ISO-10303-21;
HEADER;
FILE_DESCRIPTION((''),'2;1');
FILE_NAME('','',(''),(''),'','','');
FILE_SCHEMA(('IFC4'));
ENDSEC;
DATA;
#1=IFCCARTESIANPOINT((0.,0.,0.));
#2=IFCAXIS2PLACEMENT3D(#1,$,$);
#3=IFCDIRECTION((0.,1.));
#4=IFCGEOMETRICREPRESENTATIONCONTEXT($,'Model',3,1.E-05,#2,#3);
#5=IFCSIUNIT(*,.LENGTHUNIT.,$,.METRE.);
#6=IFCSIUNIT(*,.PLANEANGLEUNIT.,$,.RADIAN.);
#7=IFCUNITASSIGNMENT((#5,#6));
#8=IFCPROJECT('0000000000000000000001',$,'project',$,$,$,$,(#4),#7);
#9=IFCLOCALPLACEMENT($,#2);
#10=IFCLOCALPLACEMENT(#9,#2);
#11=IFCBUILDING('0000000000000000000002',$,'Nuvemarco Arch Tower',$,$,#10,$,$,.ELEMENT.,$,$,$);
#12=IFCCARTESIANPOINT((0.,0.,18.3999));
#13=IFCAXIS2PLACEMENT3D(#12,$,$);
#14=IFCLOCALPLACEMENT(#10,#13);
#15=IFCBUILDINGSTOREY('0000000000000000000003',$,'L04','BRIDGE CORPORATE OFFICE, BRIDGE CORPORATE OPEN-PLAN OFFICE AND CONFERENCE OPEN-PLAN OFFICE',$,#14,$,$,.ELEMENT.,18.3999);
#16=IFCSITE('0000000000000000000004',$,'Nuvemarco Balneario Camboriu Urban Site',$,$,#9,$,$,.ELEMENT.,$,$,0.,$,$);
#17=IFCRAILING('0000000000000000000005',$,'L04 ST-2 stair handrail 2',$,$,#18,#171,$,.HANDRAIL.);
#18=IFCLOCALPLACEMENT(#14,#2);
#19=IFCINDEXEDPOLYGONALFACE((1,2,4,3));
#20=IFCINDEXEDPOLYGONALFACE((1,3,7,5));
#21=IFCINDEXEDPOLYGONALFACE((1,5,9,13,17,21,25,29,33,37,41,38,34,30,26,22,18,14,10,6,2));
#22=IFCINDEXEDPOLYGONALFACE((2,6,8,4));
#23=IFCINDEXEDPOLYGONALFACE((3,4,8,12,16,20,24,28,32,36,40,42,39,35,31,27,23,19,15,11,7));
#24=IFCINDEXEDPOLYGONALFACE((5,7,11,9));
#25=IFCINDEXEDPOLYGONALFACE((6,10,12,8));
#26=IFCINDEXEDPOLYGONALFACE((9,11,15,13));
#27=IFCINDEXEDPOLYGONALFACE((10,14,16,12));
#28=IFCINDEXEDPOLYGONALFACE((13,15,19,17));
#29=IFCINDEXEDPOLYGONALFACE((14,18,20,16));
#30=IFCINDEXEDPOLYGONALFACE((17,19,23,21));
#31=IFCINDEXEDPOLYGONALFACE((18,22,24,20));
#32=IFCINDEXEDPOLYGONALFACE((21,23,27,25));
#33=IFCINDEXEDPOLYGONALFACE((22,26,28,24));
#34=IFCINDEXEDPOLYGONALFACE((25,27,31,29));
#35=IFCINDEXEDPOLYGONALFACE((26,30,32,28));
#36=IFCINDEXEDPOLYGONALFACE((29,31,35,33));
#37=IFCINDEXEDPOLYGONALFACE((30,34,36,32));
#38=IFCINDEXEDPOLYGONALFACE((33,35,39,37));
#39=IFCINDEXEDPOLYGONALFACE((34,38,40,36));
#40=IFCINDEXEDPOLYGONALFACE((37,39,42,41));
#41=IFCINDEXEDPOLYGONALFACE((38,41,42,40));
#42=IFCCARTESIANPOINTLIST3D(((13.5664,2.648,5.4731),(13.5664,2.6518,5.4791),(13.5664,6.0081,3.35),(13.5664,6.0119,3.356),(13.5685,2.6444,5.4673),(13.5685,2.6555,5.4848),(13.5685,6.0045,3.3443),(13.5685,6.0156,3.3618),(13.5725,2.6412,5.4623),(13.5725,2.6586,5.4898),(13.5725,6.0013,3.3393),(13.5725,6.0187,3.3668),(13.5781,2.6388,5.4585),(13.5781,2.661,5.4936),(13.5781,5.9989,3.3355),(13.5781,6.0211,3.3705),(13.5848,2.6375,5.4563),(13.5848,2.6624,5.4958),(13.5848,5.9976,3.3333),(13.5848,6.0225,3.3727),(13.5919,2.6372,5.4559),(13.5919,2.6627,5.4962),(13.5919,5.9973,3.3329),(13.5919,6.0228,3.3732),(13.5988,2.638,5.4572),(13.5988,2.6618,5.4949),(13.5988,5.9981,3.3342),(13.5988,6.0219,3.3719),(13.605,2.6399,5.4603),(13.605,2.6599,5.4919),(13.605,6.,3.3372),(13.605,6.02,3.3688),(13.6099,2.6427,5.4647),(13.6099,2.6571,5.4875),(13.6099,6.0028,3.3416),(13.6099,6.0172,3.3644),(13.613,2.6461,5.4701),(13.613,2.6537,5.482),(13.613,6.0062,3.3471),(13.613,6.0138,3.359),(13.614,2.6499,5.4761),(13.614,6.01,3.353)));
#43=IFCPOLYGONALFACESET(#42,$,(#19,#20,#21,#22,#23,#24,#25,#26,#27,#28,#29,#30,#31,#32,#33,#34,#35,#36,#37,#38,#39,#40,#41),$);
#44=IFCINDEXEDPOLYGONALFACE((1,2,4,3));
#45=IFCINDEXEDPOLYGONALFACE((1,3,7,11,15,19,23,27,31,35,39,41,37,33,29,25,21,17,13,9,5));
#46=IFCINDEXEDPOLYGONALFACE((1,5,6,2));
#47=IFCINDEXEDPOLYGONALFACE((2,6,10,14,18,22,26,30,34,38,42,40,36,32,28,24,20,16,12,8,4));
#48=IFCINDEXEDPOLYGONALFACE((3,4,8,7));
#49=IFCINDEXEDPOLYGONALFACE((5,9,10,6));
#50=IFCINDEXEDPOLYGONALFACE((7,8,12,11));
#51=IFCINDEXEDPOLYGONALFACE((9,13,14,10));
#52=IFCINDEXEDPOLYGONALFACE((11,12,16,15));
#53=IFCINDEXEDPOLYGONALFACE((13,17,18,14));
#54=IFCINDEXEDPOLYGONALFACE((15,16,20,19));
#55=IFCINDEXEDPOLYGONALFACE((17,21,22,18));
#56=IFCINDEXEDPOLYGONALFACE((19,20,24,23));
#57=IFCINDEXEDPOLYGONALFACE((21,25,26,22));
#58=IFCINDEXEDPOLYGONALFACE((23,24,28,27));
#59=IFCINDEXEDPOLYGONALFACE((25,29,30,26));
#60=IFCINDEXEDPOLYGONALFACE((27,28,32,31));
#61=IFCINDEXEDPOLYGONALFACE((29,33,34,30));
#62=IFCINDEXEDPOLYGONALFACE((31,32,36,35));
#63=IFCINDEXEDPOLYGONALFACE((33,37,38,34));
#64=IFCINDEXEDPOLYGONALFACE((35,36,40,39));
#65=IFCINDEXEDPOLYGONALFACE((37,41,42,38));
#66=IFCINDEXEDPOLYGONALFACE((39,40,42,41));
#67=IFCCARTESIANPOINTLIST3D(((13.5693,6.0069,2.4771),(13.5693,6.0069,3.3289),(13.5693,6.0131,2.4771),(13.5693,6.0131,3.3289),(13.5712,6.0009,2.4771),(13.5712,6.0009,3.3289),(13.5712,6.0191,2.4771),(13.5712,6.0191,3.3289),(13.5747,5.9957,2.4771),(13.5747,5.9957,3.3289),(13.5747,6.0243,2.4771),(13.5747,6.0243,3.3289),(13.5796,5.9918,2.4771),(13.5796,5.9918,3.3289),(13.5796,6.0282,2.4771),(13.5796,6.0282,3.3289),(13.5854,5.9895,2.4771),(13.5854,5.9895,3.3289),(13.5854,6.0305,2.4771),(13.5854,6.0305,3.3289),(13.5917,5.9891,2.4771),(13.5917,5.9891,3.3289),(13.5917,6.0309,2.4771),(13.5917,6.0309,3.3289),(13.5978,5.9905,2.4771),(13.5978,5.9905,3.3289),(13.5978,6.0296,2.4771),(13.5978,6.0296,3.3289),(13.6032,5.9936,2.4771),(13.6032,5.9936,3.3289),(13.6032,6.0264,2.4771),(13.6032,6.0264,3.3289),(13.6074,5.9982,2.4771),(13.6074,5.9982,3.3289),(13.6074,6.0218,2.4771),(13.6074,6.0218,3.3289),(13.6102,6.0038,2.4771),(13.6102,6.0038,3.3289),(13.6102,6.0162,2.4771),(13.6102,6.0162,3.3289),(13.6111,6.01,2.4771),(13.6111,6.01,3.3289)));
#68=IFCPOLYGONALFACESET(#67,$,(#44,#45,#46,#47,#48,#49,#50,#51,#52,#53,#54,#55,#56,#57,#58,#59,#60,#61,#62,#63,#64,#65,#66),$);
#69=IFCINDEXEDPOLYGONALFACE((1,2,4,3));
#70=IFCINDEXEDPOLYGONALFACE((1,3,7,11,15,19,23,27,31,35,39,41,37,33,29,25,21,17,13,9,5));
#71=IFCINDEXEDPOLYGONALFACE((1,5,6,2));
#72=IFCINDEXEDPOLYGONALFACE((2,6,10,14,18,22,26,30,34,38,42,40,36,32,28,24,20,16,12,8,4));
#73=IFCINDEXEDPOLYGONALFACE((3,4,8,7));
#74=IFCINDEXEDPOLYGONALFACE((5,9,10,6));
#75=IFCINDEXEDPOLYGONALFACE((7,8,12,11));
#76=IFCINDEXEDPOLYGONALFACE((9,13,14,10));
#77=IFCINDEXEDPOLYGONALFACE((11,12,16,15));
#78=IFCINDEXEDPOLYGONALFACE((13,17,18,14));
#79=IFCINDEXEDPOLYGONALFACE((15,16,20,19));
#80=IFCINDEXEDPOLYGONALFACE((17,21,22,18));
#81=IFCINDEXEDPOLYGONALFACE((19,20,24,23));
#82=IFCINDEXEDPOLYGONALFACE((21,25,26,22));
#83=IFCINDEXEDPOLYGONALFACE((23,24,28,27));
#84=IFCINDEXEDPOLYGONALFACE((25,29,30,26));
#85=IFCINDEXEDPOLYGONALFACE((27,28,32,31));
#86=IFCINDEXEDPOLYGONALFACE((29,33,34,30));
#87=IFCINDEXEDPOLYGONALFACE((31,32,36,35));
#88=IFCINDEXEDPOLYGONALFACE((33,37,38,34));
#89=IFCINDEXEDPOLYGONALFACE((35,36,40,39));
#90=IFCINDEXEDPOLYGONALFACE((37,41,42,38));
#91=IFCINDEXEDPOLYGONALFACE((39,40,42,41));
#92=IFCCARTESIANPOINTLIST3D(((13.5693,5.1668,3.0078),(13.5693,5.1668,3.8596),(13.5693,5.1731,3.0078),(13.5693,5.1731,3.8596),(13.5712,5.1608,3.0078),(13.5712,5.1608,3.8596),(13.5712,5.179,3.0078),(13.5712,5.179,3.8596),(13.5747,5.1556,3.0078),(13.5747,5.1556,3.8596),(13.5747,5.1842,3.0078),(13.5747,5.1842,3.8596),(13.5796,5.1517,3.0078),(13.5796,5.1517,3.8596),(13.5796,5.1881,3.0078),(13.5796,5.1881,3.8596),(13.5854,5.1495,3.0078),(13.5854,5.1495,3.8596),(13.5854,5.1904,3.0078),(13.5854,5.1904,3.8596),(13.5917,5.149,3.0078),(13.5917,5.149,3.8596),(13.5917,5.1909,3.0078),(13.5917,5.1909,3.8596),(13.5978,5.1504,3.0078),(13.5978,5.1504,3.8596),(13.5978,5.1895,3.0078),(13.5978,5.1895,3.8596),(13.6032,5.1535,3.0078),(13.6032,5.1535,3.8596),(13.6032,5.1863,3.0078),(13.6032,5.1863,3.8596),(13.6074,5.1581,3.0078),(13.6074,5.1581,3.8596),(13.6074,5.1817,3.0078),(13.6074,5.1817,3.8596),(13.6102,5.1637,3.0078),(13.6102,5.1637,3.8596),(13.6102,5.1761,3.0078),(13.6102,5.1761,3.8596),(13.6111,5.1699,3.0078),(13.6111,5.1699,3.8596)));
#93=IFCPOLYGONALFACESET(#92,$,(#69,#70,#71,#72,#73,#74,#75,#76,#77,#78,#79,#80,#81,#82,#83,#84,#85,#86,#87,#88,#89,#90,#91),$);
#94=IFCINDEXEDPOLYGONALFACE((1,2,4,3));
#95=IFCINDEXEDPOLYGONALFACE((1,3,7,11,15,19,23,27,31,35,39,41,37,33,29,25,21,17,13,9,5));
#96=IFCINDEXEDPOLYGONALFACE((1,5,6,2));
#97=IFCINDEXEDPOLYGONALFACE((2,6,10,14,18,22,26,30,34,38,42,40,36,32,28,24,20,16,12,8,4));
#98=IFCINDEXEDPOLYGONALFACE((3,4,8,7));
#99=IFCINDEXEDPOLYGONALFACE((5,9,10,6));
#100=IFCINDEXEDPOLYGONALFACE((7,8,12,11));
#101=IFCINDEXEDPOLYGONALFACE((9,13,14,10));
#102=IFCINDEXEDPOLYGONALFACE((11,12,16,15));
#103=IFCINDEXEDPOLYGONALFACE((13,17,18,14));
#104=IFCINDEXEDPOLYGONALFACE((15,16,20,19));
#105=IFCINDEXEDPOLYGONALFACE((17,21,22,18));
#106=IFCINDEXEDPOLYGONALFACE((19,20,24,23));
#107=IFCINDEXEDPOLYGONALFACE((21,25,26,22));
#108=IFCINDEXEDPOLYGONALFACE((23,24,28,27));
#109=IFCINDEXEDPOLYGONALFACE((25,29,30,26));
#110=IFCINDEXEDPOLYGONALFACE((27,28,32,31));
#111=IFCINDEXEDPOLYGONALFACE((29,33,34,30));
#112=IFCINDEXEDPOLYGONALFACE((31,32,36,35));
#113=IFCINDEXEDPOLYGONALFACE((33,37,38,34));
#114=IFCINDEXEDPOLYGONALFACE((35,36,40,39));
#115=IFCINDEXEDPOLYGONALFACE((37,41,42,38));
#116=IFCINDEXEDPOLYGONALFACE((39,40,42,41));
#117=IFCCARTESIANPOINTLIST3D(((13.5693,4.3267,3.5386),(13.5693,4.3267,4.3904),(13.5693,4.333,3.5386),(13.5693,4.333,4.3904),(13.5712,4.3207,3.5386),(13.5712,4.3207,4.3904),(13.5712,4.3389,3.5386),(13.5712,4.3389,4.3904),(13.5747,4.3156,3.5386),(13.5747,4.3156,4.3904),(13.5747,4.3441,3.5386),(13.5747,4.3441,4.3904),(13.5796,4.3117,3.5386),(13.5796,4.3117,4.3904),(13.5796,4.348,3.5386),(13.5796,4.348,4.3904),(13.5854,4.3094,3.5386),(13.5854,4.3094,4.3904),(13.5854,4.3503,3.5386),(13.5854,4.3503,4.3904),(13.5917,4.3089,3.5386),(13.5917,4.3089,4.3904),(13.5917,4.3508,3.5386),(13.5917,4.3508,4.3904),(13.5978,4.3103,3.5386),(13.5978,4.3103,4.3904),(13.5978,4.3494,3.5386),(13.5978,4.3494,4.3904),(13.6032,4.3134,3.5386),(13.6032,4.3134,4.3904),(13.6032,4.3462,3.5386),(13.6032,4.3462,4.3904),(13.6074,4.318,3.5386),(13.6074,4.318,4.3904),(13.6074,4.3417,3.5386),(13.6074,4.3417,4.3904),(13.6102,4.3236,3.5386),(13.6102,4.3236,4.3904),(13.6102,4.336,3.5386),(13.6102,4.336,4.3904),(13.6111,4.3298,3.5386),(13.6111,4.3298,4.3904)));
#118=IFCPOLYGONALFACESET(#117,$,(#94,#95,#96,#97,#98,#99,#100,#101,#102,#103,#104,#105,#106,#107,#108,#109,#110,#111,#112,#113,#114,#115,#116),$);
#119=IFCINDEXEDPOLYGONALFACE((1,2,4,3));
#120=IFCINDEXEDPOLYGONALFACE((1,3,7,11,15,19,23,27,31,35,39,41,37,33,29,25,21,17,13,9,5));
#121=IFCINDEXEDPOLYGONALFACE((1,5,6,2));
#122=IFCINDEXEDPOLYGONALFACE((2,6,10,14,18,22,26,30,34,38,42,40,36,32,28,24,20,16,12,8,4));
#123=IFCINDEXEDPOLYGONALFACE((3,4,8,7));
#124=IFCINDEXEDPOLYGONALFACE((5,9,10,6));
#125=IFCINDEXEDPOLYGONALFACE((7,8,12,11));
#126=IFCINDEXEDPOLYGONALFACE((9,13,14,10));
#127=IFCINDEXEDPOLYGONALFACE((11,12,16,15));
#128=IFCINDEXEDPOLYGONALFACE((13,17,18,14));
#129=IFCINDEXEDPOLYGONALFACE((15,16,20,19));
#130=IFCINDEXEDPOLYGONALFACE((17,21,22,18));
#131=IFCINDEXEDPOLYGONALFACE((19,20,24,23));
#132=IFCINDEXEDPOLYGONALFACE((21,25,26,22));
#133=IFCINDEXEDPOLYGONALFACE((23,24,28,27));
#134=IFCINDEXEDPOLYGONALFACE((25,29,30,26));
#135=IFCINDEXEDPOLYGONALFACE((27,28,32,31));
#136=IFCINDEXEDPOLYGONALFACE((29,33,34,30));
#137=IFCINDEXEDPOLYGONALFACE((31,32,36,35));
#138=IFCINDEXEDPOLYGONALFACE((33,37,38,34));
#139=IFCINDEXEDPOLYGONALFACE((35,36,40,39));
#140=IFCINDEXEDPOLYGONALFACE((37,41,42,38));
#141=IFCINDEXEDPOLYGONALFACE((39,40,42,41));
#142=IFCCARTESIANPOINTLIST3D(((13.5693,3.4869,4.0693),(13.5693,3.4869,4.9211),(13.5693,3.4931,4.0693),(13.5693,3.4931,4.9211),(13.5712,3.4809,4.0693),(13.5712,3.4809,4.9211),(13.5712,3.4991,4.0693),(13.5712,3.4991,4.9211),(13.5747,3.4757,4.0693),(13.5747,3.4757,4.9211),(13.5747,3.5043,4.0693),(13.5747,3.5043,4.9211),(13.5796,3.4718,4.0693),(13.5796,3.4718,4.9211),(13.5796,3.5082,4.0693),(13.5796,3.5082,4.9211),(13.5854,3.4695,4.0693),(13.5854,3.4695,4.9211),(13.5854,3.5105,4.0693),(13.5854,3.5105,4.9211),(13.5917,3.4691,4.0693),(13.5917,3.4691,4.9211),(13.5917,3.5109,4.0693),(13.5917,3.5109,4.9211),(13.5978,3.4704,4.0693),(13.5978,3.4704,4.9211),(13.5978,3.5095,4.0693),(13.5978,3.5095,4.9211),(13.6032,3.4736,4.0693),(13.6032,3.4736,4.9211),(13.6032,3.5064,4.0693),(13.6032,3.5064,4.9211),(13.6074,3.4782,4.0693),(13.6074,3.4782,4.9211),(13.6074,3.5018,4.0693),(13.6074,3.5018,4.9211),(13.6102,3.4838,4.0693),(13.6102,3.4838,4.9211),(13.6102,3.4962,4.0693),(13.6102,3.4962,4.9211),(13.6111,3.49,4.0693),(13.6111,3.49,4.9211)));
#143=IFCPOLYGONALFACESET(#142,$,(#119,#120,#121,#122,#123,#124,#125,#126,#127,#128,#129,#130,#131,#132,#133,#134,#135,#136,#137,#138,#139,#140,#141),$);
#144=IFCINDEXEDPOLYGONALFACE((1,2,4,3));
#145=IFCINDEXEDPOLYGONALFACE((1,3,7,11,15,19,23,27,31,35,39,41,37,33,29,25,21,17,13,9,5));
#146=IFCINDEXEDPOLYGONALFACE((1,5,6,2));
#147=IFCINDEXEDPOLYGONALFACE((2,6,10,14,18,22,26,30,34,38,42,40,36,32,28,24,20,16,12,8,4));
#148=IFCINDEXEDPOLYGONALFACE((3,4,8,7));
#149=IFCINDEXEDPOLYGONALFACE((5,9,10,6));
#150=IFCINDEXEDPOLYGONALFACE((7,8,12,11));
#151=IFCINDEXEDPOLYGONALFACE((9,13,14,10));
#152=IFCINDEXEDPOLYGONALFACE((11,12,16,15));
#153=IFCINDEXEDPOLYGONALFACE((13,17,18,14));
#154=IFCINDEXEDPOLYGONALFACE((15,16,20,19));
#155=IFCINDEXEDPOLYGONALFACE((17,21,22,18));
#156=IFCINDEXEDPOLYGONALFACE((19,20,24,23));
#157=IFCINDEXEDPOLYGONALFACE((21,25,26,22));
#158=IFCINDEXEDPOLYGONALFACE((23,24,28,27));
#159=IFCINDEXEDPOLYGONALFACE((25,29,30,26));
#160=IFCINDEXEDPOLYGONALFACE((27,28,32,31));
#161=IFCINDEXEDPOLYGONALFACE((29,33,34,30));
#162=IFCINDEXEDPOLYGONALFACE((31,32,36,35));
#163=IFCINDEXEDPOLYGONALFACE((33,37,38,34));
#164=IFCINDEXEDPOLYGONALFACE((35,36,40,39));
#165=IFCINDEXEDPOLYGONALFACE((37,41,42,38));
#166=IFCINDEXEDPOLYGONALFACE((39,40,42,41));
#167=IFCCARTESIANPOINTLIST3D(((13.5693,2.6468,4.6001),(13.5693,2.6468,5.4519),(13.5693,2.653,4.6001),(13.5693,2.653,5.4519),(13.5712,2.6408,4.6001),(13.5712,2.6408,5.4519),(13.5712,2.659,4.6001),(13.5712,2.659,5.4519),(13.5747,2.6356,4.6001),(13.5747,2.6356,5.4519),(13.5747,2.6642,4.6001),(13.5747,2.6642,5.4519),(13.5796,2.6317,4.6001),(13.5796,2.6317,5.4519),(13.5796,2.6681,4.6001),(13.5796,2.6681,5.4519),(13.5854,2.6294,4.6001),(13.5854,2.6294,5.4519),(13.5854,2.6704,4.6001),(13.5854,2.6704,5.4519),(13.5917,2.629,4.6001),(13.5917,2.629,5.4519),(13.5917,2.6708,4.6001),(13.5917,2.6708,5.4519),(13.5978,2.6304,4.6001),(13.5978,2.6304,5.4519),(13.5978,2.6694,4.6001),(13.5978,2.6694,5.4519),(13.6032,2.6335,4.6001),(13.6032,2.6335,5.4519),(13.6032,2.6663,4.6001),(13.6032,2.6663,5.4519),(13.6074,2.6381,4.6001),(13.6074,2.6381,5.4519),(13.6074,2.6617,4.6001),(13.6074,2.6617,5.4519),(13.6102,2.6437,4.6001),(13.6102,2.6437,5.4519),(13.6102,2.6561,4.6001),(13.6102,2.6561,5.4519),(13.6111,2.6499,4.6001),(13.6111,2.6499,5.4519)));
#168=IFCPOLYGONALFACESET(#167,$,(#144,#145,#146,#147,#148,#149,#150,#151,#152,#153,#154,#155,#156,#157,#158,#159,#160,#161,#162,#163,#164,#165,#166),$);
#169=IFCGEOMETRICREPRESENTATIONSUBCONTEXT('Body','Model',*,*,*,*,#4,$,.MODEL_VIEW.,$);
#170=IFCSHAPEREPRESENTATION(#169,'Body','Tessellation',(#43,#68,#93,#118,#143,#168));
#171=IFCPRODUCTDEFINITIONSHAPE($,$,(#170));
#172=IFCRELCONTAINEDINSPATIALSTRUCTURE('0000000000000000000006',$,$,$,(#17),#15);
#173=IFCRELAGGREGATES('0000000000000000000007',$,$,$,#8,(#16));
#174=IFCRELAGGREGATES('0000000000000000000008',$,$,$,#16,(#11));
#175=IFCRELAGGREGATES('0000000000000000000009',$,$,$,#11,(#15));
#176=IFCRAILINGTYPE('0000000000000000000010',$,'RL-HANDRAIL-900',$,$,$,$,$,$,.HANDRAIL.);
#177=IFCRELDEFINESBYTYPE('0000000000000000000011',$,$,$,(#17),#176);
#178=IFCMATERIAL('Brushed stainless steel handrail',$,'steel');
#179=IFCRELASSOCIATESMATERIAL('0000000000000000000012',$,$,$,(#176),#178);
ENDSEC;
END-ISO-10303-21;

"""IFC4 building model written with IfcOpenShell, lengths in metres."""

from ifc_helpers import new_model, si_unit, direction, frame, origin, origin_2d, place, context, subcontext, project, spatial, circle, extrude, material, type_object, element, save


model = new_model("IFC4")

# Units and contexts
model_context = context("Model", 3, precision=1e-05, world=origin(), true_north=direction((0.0, 1.0)))
body_context = subcontext(model_context, "Body", "Model", "MODEL_VIEW")
ifc_project = project(units=[si_unit("LENGTHUNIT", "METRE"), si_unit("PLANEANGLEUNIT", "RADIAN")], contexts=[model_context])

# Site, building, storey
site_placement = place(None, origin())
site = spatial("IfcSite", under=ifc_project, at=site_placement, Name="Nuvemarco Balneario Camboriu Urban Site", CompositionType="ELEMENT", RefElevation=0.0)
building_placement = place(site_placement, origin())
building = spatial("IfcBuilding", under=site, at=building_placement, Name="Nuvemarco Arch Tower", CompositionType="ELEMENT")
storey_placement = place(building_placement, frame((0.0, 0.0, 18.3999)))
storey = spatial("IfcBuildingStorey", under=building, at=storey_placement, Name="L04", Description="BRIDGE CORPORATE OFFICE, BRIDGE CORPORATE OPEN-PLAN OFFICE AND CONFERENCE OPEN-PLAN OFFICE", CompositionType="ELEMENT", Elevation=18.3999)

# Railing
ifc_material_1 = material(Name="Brushed stainless steel handrail", Category="steel")
railing_type_1 = type_object("IfcRailingType", Name="RL-HANDRAIL-900", PredefinedType="HANDRAIL", material=ifc_material_1)
railing_1_placement = place(storey_placement, frame((13.5901, 6.01, 2.4771)))
element("IfcRailing", 1, at=railing_1_placement, inside=storey, type_object=railing_type_1, Name="L04 ST-2 stair handrail 2", PredefinedType="HANDRAIL", context=body_context, shape_type="SweptSolid", body=[
    extrude(circle(Radius=0.0239, at=origin_2d()), frame((0.0, 0.0, 0.876), z_axis=(0.0, -0.84539, 0.53415), x_axis=(1.0, 0.0, 0.0)), (0.0, 0.0, 1.0), 3.9746),
    extrude(circle(Radius=0.021, at=origin_2d()), origin(), (0.0, 0.0, 1.0), 0.8518),
    extrude(circle(Radius=0.021, at=origin_2d()), frame((0.0, -0.8401, 0.5308)), (0.0, 0.0, 1.0), 0.8518),
    extrude(circle(Radius=0.021, at=origin_2d()), frame((0.0, -1.6802, 1.0615)), (0.0, 0.0, 1.0), 0.8518),
    extrude(circle(Radius=0.021, at=origin_2d()), frame((0.0, -2.52, 1.5923)), (0.0, 0.0, 1.0), 0.8518),
    extrude(circle(Radius=0.021, at=origin_2d()), frame((0.0, -3.3601, 2.123)), (0.0, 0.0, 1.0), 0.8518),
])

save(model, "model.ifc")
